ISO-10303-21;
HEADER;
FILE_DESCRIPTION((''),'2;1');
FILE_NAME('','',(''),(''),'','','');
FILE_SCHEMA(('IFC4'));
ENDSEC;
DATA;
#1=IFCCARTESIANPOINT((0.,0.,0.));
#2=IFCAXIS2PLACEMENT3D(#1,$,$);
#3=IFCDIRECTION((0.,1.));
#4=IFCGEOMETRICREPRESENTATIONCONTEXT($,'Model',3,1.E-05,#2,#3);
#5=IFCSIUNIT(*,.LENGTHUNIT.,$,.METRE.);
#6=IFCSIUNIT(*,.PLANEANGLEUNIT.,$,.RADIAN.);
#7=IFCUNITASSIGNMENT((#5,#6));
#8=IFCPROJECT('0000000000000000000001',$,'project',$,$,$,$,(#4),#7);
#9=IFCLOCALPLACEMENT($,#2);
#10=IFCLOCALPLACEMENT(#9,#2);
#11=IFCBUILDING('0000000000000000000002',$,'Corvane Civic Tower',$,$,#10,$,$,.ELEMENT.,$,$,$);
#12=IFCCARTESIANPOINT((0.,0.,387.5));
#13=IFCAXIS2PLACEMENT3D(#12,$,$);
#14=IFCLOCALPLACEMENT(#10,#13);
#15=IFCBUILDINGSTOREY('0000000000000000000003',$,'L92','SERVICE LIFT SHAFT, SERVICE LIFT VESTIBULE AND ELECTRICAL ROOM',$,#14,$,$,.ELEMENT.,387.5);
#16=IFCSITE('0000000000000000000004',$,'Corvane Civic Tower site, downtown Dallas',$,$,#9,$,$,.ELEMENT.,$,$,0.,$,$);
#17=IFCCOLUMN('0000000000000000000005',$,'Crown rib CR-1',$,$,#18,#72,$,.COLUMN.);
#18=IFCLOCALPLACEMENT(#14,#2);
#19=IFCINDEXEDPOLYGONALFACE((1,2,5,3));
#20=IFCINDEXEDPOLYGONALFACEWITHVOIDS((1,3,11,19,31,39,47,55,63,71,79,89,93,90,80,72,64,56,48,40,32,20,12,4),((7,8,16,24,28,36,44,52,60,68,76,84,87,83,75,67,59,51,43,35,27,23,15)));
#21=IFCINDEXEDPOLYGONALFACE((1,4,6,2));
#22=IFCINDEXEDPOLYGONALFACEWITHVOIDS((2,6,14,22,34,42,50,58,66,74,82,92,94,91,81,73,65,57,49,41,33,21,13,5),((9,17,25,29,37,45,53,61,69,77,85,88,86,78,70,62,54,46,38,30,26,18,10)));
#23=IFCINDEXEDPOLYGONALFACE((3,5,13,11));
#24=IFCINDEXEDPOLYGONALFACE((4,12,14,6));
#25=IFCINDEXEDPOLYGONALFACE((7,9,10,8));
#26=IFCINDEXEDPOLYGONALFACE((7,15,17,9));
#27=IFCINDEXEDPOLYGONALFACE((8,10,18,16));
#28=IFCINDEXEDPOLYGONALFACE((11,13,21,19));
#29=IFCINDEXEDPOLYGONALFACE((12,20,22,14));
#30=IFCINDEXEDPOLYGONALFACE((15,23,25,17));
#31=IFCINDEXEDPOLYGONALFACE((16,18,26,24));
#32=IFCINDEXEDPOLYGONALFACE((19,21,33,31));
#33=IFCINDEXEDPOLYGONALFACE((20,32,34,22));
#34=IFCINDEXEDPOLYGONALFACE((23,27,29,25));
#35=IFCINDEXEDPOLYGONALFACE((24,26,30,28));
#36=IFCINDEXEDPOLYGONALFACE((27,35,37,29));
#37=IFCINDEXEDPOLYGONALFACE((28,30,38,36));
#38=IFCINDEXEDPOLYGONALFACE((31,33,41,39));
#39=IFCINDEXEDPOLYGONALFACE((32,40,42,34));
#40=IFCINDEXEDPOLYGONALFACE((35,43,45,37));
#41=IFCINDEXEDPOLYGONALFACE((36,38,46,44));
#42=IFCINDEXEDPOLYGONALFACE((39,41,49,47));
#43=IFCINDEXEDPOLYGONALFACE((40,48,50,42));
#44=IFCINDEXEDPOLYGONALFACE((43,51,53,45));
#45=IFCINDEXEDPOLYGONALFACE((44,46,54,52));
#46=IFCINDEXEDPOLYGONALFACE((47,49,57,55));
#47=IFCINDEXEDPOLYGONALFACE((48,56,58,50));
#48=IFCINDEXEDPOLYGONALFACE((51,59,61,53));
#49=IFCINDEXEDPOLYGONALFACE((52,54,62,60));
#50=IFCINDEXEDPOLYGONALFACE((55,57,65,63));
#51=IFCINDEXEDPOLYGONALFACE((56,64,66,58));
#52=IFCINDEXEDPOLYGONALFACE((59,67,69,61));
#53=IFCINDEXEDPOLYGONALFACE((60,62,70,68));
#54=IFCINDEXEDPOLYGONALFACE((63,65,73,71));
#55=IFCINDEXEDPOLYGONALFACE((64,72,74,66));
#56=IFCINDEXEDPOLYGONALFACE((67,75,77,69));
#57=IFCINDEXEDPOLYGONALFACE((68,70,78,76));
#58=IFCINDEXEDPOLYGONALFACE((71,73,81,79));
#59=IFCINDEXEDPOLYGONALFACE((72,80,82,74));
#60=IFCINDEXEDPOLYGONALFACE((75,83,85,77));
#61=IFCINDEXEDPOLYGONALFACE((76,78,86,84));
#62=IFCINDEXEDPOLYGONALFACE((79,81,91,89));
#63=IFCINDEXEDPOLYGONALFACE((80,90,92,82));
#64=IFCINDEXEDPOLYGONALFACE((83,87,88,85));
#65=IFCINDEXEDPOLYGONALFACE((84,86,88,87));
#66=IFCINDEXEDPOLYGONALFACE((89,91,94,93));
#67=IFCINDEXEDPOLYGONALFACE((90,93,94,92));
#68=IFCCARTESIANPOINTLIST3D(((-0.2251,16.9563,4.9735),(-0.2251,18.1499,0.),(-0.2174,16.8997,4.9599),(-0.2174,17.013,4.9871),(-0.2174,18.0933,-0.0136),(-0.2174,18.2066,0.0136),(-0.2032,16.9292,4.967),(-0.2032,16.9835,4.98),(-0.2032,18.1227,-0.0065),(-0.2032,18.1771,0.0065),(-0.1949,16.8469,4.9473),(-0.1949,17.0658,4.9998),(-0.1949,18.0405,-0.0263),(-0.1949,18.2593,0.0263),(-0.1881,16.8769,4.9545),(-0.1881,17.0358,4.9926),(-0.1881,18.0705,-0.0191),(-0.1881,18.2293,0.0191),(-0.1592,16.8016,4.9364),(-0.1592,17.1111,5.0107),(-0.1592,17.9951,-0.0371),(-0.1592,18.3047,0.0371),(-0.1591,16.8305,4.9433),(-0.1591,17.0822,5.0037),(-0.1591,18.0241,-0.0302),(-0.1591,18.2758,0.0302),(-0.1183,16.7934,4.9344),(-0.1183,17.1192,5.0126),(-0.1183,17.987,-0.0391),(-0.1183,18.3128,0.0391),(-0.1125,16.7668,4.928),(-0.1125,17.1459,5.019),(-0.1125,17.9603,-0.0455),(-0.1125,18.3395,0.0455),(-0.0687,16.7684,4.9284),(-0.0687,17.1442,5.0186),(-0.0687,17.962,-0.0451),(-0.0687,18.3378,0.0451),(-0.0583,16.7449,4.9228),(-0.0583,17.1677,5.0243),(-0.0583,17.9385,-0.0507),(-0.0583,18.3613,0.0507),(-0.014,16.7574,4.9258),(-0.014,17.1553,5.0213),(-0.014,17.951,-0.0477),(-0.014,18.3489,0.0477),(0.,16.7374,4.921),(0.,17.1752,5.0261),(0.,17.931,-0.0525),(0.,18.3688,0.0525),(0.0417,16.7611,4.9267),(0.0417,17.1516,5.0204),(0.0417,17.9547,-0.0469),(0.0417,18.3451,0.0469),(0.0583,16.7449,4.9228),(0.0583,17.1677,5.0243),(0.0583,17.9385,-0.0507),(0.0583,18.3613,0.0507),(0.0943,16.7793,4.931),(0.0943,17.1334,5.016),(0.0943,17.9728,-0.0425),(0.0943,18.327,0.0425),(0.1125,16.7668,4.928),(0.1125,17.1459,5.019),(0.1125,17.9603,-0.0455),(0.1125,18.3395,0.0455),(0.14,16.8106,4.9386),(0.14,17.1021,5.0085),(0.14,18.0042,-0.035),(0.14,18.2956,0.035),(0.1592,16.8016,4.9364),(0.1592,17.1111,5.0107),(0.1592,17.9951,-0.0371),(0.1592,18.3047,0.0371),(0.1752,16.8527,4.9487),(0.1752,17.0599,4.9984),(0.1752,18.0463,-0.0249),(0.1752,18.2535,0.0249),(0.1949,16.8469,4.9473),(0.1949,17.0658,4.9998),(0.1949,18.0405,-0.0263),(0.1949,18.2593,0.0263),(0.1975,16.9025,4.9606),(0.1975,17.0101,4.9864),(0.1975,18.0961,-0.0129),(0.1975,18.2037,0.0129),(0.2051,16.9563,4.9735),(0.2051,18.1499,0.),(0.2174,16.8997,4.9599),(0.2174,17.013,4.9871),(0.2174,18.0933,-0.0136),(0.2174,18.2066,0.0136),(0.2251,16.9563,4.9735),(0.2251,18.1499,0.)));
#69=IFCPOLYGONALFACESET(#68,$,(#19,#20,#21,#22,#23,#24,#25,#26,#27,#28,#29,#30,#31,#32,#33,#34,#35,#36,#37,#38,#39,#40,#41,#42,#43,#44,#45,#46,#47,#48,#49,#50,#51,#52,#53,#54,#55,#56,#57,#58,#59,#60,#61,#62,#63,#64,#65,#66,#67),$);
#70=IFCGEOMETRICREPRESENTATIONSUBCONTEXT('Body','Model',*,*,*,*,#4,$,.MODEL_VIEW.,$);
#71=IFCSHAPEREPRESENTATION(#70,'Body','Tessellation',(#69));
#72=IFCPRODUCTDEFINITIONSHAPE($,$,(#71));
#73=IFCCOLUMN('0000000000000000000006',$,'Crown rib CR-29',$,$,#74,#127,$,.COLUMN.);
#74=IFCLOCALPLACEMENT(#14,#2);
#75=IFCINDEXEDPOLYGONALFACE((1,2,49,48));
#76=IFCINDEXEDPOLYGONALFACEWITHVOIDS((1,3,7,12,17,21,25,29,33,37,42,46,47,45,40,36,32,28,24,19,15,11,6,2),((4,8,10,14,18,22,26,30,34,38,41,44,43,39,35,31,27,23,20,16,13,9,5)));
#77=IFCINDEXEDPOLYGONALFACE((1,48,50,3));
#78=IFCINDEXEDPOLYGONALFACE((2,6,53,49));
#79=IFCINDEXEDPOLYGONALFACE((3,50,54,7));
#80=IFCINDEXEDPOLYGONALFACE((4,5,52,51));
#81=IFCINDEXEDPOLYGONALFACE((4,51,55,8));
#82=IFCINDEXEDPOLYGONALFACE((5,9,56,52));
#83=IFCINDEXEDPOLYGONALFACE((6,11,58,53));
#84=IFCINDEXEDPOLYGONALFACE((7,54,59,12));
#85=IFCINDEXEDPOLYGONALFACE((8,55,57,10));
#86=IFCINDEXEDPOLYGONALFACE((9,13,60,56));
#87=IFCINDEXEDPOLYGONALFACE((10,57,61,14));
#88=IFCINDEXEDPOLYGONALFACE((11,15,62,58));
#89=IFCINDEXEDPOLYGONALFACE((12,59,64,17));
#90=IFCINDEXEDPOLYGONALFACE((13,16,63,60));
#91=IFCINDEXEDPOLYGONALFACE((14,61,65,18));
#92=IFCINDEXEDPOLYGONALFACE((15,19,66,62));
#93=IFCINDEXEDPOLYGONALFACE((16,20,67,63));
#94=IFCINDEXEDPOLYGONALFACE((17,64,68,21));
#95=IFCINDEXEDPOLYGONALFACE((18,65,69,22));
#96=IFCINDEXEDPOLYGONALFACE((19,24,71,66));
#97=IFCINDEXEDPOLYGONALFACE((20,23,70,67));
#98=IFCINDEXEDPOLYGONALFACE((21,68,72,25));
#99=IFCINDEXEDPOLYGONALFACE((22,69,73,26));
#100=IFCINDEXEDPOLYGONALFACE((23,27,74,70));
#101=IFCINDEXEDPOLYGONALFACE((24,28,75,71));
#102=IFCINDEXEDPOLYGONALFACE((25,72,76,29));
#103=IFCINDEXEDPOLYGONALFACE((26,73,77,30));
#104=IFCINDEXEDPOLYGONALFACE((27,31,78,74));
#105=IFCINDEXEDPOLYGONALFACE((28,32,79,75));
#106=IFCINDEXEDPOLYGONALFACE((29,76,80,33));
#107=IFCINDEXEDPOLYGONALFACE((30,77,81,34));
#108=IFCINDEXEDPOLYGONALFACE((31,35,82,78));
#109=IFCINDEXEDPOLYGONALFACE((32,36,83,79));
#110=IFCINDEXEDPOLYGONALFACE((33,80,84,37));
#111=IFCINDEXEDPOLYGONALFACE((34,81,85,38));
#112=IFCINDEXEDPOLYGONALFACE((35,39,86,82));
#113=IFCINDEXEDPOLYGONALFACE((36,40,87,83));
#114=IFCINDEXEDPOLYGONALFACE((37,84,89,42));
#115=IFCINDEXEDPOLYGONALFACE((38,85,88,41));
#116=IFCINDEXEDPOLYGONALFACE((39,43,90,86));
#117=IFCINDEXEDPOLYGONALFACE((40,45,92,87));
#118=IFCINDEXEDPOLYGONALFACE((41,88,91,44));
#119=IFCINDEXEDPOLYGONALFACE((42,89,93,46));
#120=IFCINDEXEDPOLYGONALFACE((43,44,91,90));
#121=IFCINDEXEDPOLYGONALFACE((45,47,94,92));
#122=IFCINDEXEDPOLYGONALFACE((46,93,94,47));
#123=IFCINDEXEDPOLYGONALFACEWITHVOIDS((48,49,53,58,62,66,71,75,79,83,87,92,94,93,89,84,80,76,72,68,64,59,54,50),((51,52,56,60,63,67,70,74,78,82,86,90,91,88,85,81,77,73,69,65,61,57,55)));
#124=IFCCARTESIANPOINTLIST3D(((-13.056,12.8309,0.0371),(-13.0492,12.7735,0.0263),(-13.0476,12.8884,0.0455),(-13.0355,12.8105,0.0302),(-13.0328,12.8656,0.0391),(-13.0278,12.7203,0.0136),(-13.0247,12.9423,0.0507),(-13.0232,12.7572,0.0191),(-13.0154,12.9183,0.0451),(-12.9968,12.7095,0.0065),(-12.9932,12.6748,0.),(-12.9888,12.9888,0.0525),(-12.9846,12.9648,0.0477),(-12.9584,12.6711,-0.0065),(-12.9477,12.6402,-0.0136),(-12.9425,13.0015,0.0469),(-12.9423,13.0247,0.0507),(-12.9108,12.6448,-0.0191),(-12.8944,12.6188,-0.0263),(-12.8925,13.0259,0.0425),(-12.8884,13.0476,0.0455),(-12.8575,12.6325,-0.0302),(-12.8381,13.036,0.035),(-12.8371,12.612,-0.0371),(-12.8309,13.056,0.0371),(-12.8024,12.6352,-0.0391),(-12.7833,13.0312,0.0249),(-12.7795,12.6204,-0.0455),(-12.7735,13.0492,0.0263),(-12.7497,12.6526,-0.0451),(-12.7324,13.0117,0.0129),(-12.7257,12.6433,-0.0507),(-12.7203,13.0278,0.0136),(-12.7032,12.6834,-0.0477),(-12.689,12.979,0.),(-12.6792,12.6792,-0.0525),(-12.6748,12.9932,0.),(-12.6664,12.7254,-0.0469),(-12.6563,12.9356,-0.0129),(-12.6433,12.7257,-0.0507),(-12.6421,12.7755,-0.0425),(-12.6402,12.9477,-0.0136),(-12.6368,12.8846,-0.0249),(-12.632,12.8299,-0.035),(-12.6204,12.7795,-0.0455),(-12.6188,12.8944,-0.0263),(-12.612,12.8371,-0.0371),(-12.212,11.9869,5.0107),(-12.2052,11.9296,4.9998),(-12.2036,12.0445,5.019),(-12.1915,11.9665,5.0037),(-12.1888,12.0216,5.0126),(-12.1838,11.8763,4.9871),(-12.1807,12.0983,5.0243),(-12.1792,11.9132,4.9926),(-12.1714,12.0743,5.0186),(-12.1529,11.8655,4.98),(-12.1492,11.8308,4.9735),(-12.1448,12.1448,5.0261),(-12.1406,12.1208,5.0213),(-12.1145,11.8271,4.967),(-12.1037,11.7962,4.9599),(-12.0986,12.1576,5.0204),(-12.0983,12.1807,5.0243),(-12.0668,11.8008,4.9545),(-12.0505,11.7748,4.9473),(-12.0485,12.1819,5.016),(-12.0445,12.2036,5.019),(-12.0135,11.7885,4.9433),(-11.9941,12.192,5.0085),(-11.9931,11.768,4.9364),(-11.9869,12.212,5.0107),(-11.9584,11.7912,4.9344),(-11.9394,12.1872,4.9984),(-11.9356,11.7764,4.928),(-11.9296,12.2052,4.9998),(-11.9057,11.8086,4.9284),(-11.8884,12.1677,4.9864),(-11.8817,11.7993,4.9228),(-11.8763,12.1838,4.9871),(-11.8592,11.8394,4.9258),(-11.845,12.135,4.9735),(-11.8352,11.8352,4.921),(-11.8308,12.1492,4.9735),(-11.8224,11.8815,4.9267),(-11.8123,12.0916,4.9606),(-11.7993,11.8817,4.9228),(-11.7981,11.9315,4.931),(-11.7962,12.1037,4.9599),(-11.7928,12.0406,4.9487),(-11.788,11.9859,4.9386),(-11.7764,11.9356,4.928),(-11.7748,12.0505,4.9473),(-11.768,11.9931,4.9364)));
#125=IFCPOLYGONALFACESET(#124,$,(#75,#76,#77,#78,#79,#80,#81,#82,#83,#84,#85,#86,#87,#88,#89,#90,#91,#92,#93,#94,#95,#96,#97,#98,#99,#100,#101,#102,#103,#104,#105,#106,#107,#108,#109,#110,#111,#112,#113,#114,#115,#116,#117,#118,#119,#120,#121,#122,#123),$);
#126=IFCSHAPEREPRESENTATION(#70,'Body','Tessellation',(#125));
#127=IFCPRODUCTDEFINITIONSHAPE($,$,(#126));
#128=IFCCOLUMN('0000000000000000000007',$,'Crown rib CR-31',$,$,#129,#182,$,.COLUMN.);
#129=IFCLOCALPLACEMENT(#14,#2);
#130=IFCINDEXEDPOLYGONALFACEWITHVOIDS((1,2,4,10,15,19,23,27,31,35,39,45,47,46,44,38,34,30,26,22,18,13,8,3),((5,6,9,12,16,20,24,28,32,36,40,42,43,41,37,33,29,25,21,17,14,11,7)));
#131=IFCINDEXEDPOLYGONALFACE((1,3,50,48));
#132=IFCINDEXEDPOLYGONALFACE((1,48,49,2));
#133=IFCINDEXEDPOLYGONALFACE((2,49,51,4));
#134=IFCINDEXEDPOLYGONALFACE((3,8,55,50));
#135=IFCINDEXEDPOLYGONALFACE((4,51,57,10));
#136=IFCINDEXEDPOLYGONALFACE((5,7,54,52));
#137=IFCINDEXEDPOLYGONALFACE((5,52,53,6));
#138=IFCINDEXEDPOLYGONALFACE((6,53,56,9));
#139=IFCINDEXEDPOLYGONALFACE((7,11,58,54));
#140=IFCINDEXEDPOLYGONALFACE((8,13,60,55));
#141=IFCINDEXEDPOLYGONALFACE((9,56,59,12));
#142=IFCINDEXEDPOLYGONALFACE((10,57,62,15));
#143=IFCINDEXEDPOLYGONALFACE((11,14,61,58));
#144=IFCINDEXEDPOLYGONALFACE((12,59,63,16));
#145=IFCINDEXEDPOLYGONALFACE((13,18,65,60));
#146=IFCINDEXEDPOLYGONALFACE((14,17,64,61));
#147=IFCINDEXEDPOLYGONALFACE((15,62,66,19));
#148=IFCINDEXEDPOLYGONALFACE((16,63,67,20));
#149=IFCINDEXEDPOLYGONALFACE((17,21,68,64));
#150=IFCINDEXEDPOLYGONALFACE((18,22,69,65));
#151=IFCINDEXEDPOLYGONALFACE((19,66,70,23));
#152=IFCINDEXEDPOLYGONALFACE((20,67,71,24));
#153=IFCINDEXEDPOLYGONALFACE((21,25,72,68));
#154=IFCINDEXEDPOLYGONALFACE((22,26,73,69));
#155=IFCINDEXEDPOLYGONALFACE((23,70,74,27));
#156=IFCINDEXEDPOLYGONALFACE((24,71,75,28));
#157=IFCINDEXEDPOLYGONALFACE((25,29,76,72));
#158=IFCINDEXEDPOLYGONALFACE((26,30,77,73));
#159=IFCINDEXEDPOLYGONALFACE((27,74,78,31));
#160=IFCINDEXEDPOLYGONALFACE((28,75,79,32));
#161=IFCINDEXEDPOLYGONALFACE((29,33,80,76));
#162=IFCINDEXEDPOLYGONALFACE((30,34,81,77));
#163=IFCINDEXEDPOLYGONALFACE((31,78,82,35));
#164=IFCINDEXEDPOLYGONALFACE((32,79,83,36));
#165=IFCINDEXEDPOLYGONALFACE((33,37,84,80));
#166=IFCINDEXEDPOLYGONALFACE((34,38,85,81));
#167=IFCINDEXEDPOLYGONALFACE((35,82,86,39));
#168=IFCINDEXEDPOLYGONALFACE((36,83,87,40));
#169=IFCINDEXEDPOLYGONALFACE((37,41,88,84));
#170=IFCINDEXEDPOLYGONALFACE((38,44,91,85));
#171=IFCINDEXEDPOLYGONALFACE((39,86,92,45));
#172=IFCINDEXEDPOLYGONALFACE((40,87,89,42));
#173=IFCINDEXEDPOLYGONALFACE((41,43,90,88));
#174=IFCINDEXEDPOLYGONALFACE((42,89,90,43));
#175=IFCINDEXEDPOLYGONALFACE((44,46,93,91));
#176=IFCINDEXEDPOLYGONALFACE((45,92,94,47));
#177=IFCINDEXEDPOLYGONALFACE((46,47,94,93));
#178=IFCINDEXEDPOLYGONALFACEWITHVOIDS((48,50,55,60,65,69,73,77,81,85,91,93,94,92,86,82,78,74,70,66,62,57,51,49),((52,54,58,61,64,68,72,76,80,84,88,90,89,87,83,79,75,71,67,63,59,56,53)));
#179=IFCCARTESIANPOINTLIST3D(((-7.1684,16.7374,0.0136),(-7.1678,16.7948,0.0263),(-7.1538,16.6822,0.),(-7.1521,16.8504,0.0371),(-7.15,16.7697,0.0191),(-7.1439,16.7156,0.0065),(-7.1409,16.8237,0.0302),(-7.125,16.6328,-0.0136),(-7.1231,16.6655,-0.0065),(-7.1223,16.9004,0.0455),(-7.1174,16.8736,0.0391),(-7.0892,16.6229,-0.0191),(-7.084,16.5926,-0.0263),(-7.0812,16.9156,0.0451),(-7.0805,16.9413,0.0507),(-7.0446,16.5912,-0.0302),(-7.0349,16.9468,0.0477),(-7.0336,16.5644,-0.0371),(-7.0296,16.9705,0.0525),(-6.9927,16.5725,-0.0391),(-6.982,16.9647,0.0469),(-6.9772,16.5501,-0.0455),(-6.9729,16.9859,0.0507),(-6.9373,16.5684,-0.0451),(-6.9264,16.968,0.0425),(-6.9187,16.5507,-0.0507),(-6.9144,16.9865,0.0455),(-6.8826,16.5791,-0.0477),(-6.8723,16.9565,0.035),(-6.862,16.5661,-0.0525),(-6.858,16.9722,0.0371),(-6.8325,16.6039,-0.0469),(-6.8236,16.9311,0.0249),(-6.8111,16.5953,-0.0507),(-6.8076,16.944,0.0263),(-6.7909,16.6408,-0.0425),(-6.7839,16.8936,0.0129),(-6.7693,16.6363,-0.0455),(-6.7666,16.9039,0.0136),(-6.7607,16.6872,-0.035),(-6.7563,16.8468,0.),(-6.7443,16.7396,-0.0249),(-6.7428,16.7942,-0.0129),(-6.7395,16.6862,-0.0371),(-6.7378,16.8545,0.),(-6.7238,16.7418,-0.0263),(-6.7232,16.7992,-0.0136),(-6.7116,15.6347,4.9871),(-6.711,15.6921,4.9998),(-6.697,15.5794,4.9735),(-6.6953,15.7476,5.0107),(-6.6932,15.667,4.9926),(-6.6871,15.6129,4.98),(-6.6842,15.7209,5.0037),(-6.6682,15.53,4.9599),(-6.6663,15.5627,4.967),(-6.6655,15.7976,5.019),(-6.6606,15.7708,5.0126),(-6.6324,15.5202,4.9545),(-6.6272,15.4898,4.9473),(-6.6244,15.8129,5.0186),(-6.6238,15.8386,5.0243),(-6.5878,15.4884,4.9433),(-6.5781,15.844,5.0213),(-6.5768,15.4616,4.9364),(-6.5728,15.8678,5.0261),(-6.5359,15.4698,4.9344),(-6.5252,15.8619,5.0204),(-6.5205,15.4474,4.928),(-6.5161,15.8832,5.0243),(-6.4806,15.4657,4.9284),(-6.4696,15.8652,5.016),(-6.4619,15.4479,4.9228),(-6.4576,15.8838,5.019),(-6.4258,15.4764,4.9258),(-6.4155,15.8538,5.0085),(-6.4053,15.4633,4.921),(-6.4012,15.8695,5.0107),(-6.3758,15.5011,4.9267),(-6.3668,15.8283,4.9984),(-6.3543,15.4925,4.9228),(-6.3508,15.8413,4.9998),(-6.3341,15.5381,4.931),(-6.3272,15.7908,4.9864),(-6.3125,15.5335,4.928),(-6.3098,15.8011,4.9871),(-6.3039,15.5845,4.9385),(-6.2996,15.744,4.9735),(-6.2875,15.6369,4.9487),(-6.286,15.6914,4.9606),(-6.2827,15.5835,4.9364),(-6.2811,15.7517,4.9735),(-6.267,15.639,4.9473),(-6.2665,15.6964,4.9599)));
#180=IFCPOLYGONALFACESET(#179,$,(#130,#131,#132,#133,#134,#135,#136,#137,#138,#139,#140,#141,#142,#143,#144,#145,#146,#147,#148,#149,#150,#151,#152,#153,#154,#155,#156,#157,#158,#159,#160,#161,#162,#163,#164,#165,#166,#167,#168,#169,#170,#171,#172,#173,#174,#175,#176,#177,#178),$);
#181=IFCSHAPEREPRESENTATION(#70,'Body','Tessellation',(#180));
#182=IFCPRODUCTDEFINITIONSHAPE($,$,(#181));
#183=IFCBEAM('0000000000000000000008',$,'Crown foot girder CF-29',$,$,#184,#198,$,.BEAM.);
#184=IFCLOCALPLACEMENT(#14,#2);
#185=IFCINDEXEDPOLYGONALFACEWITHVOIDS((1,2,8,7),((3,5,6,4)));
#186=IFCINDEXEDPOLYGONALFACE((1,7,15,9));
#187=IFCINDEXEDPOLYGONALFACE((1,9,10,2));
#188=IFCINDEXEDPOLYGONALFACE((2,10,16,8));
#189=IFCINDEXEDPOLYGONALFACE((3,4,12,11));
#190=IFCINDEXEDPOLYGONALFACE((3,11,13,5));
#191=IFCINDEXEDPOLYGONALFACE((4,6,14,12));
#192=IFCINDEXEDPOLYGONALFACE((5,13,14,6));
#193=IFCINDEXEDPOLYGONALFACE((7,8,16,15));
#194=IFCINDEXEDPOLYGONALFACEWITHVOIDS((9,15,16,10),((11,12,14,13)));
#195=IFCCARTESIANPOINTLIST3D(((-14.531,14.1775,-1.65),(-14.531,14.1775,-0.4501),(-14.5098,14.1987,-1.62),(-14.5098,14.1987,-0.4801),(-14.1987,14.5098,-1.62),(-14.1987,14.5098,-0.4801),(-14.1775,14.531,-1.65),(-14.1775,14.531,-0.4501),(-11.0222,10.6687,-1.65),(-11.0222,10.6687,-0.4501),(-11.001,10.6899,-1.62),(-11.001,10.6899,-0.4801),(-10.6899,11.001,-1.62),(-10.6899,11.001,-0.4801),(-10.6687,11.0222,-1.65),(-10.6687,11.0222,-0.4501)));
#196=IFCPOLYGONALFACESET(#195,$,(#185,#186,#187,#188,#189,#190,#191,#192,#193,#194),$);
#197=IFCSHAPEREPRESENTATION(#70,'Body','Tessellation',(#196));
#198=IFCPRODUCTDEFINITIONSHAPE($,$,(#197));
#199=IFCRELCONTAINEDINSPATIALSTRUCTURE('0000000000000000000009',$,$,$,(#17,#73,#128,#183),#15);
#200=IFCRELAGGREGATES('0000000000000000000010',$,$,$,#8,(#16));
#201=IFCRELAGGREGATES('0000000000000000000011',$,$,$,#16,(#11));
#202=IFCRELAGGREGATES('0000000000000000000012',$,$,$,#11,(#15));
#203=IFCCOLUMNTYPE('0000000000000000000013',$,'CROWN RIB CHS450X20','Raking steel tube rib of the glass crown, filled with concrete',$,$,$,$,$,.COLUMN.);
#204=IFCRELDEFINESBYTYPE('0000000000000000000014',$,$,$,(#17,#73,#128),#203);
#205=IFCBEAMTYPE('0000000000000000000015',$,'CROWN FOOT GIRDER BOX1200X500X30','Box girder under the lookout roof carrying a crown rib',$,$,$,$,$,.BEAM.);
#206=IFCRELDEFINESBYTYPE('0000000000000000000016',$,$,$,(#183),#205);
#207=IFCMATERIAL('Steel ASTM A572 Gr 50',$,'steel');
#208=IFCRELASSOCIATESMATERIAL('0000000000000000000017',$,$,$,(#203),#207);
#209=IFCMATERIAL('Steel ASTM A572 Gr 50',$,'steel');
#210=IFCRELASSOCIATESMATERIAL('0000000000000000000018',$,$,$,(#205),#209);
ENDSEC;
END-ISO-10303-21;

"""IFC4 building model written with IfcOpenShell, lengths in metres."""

from ifc_helpers import new_model, si_unit, direction, frame, origin, origin_2d, place, context, subcontext, project, spatial, hollow_rectangle, hollow_circle, extrude, material, material_profile, profile_set, type_object, element, save


model = new_model("IFC4")

# Units and contexts
model_context = context("Model", 3, precision=1e-05, world=origin(), true_north=direction((0.0, 1.0)))
body_context = subcontext(model_context, "Body", "Model", "MODEL_VIEW")
ifc_project = project(units=[si_unit("LENGTHUNIT", "METRE"), si_unit("PLANEANGLEUNIT", "RADIAN")], contexts=[model_context])

# Site, building, storey
site_placement = place(None, origin())
site = spatial("IfcSite", under=ifc_project, at=site_placement, Name="Corvane Civic Tower site, downtown Dallas", CompositionType="ELEMENT", RefElevation=0.0)
building_placement = place(site_placement, origin())
building = spatial("IfcBuilding", under=site, at=building_placement, Name="Corvane Civic Tower", CompositionType="ELEMENT")
storey_placement = place(building_placement, frame((0.0, 0.0, 387.5)))
storey = spatial("IfcBuildingStorey", under=building, at=storey_placement, Name="L92", Description="SERVICE LIFT SHAFT, SERVICE LIFT VESTIBULE AND ELECTRICAL ROOM", CompositionType="ELEMENT", Elevation=387.5)

# Columns
ifc_material_1 = material(Name="Steel ASTM A572 Gr 50", Category="steel")
ifc_material_profile_1 = material_profile(ifc_material_1, hollow_circle(Radius=0.2251, WallThickness=0.02, at=origin_2d()), Name="CHS450X20")
ifc_profile_set_1 = profile_set([ifc_material_profile_1], Name="Steel ASTM A572 Gr 50")
column_type = type_object("IfcColumnType", Name="CROWN RIB CHS450X20", Description="Raking steel tube rib of the glass crown, filled with concrete", PredefinedType="COLUMN", material=ifc_profile_set_1)
for number, where, z_axis, x_axis, name in (
    (1, (0.0, 18.1499, 0.0), (0.0, -0.23336, 0.97239), (1.0, 0.0, 0.0), "Crown rib CR-1"),
    (2, (-12.834, 12.834, 0.0), (0.165009, -0.165009, 0.972391), (0.707107, 0.707107, 0.0), "Crown rib CR-29"),
    (3, (-6.9458, 16.7683, 0.0), (0.089306, -0.215604, 0.972389), (0.92388, 0.382683, 0.0), "Crown rib CR-31"),
):
    element("IfcColumn", number, at=place(storey_placement, frame(where, z_axis=z_axis, x_axis=x_axis)), inside=storey, type_object=column_type, Name=name, PredefinedType="COLUMN", context=body_context, shape_type="SweptSolid", body=[
        extrude(hollow_circle(Radius=0.2251, WallThickness=0.02, at=origin_2d()), origin(), (0.0, 0.0, 1.0), 5.1147),
    ])

# Beam
ifc_material_2 = material(Name="Steel ASTM A572 Gr 50", Category="steel")
ifc_material_profile_2 = material_profile(ifc_material_2, hollow_rectangle(XDim=0.5, YDim=1.2, WallThickness=0.03, at=origin_2d()), Name="BOX1200X500X30")
ifc_profile_set_2 = profile_set([ifc_material_profile_2], Name="Steel ASTM A572 Gr 50")
beam_type_1 = type_object("IfcBeamType", Name="CROWN FOOT GIRDER BOX1200X500X30", Description="Box girder under the lookout roof carrying a crown rib", PredefinedType="BEAM", material=ifc_profile_set_2)
beam_1_placement = place(storey_placement, frame((-10.8455, 10.8455, -1.05), z_axis=(-0.707107, 0.707107, 0.0), x_axis=(-0.707107, -0.707107, 0.0)))
element("IfcBeam", 4, at=beam_1_placement, inside=storey, type_object=beam_type_1, Name="Crown foot girder CF-29", PredefinedType="BEAM", context=body_context, shape_type="SweptSolid", body=[
    extrude(hollow_rectangle(XDim=0.5, YDim=1.2, WallThickness=0.03, at=origin_2d()), origin(), (0.0, 0.0, 1.0), 4.9622),
])

save(model, "model.ifc")
